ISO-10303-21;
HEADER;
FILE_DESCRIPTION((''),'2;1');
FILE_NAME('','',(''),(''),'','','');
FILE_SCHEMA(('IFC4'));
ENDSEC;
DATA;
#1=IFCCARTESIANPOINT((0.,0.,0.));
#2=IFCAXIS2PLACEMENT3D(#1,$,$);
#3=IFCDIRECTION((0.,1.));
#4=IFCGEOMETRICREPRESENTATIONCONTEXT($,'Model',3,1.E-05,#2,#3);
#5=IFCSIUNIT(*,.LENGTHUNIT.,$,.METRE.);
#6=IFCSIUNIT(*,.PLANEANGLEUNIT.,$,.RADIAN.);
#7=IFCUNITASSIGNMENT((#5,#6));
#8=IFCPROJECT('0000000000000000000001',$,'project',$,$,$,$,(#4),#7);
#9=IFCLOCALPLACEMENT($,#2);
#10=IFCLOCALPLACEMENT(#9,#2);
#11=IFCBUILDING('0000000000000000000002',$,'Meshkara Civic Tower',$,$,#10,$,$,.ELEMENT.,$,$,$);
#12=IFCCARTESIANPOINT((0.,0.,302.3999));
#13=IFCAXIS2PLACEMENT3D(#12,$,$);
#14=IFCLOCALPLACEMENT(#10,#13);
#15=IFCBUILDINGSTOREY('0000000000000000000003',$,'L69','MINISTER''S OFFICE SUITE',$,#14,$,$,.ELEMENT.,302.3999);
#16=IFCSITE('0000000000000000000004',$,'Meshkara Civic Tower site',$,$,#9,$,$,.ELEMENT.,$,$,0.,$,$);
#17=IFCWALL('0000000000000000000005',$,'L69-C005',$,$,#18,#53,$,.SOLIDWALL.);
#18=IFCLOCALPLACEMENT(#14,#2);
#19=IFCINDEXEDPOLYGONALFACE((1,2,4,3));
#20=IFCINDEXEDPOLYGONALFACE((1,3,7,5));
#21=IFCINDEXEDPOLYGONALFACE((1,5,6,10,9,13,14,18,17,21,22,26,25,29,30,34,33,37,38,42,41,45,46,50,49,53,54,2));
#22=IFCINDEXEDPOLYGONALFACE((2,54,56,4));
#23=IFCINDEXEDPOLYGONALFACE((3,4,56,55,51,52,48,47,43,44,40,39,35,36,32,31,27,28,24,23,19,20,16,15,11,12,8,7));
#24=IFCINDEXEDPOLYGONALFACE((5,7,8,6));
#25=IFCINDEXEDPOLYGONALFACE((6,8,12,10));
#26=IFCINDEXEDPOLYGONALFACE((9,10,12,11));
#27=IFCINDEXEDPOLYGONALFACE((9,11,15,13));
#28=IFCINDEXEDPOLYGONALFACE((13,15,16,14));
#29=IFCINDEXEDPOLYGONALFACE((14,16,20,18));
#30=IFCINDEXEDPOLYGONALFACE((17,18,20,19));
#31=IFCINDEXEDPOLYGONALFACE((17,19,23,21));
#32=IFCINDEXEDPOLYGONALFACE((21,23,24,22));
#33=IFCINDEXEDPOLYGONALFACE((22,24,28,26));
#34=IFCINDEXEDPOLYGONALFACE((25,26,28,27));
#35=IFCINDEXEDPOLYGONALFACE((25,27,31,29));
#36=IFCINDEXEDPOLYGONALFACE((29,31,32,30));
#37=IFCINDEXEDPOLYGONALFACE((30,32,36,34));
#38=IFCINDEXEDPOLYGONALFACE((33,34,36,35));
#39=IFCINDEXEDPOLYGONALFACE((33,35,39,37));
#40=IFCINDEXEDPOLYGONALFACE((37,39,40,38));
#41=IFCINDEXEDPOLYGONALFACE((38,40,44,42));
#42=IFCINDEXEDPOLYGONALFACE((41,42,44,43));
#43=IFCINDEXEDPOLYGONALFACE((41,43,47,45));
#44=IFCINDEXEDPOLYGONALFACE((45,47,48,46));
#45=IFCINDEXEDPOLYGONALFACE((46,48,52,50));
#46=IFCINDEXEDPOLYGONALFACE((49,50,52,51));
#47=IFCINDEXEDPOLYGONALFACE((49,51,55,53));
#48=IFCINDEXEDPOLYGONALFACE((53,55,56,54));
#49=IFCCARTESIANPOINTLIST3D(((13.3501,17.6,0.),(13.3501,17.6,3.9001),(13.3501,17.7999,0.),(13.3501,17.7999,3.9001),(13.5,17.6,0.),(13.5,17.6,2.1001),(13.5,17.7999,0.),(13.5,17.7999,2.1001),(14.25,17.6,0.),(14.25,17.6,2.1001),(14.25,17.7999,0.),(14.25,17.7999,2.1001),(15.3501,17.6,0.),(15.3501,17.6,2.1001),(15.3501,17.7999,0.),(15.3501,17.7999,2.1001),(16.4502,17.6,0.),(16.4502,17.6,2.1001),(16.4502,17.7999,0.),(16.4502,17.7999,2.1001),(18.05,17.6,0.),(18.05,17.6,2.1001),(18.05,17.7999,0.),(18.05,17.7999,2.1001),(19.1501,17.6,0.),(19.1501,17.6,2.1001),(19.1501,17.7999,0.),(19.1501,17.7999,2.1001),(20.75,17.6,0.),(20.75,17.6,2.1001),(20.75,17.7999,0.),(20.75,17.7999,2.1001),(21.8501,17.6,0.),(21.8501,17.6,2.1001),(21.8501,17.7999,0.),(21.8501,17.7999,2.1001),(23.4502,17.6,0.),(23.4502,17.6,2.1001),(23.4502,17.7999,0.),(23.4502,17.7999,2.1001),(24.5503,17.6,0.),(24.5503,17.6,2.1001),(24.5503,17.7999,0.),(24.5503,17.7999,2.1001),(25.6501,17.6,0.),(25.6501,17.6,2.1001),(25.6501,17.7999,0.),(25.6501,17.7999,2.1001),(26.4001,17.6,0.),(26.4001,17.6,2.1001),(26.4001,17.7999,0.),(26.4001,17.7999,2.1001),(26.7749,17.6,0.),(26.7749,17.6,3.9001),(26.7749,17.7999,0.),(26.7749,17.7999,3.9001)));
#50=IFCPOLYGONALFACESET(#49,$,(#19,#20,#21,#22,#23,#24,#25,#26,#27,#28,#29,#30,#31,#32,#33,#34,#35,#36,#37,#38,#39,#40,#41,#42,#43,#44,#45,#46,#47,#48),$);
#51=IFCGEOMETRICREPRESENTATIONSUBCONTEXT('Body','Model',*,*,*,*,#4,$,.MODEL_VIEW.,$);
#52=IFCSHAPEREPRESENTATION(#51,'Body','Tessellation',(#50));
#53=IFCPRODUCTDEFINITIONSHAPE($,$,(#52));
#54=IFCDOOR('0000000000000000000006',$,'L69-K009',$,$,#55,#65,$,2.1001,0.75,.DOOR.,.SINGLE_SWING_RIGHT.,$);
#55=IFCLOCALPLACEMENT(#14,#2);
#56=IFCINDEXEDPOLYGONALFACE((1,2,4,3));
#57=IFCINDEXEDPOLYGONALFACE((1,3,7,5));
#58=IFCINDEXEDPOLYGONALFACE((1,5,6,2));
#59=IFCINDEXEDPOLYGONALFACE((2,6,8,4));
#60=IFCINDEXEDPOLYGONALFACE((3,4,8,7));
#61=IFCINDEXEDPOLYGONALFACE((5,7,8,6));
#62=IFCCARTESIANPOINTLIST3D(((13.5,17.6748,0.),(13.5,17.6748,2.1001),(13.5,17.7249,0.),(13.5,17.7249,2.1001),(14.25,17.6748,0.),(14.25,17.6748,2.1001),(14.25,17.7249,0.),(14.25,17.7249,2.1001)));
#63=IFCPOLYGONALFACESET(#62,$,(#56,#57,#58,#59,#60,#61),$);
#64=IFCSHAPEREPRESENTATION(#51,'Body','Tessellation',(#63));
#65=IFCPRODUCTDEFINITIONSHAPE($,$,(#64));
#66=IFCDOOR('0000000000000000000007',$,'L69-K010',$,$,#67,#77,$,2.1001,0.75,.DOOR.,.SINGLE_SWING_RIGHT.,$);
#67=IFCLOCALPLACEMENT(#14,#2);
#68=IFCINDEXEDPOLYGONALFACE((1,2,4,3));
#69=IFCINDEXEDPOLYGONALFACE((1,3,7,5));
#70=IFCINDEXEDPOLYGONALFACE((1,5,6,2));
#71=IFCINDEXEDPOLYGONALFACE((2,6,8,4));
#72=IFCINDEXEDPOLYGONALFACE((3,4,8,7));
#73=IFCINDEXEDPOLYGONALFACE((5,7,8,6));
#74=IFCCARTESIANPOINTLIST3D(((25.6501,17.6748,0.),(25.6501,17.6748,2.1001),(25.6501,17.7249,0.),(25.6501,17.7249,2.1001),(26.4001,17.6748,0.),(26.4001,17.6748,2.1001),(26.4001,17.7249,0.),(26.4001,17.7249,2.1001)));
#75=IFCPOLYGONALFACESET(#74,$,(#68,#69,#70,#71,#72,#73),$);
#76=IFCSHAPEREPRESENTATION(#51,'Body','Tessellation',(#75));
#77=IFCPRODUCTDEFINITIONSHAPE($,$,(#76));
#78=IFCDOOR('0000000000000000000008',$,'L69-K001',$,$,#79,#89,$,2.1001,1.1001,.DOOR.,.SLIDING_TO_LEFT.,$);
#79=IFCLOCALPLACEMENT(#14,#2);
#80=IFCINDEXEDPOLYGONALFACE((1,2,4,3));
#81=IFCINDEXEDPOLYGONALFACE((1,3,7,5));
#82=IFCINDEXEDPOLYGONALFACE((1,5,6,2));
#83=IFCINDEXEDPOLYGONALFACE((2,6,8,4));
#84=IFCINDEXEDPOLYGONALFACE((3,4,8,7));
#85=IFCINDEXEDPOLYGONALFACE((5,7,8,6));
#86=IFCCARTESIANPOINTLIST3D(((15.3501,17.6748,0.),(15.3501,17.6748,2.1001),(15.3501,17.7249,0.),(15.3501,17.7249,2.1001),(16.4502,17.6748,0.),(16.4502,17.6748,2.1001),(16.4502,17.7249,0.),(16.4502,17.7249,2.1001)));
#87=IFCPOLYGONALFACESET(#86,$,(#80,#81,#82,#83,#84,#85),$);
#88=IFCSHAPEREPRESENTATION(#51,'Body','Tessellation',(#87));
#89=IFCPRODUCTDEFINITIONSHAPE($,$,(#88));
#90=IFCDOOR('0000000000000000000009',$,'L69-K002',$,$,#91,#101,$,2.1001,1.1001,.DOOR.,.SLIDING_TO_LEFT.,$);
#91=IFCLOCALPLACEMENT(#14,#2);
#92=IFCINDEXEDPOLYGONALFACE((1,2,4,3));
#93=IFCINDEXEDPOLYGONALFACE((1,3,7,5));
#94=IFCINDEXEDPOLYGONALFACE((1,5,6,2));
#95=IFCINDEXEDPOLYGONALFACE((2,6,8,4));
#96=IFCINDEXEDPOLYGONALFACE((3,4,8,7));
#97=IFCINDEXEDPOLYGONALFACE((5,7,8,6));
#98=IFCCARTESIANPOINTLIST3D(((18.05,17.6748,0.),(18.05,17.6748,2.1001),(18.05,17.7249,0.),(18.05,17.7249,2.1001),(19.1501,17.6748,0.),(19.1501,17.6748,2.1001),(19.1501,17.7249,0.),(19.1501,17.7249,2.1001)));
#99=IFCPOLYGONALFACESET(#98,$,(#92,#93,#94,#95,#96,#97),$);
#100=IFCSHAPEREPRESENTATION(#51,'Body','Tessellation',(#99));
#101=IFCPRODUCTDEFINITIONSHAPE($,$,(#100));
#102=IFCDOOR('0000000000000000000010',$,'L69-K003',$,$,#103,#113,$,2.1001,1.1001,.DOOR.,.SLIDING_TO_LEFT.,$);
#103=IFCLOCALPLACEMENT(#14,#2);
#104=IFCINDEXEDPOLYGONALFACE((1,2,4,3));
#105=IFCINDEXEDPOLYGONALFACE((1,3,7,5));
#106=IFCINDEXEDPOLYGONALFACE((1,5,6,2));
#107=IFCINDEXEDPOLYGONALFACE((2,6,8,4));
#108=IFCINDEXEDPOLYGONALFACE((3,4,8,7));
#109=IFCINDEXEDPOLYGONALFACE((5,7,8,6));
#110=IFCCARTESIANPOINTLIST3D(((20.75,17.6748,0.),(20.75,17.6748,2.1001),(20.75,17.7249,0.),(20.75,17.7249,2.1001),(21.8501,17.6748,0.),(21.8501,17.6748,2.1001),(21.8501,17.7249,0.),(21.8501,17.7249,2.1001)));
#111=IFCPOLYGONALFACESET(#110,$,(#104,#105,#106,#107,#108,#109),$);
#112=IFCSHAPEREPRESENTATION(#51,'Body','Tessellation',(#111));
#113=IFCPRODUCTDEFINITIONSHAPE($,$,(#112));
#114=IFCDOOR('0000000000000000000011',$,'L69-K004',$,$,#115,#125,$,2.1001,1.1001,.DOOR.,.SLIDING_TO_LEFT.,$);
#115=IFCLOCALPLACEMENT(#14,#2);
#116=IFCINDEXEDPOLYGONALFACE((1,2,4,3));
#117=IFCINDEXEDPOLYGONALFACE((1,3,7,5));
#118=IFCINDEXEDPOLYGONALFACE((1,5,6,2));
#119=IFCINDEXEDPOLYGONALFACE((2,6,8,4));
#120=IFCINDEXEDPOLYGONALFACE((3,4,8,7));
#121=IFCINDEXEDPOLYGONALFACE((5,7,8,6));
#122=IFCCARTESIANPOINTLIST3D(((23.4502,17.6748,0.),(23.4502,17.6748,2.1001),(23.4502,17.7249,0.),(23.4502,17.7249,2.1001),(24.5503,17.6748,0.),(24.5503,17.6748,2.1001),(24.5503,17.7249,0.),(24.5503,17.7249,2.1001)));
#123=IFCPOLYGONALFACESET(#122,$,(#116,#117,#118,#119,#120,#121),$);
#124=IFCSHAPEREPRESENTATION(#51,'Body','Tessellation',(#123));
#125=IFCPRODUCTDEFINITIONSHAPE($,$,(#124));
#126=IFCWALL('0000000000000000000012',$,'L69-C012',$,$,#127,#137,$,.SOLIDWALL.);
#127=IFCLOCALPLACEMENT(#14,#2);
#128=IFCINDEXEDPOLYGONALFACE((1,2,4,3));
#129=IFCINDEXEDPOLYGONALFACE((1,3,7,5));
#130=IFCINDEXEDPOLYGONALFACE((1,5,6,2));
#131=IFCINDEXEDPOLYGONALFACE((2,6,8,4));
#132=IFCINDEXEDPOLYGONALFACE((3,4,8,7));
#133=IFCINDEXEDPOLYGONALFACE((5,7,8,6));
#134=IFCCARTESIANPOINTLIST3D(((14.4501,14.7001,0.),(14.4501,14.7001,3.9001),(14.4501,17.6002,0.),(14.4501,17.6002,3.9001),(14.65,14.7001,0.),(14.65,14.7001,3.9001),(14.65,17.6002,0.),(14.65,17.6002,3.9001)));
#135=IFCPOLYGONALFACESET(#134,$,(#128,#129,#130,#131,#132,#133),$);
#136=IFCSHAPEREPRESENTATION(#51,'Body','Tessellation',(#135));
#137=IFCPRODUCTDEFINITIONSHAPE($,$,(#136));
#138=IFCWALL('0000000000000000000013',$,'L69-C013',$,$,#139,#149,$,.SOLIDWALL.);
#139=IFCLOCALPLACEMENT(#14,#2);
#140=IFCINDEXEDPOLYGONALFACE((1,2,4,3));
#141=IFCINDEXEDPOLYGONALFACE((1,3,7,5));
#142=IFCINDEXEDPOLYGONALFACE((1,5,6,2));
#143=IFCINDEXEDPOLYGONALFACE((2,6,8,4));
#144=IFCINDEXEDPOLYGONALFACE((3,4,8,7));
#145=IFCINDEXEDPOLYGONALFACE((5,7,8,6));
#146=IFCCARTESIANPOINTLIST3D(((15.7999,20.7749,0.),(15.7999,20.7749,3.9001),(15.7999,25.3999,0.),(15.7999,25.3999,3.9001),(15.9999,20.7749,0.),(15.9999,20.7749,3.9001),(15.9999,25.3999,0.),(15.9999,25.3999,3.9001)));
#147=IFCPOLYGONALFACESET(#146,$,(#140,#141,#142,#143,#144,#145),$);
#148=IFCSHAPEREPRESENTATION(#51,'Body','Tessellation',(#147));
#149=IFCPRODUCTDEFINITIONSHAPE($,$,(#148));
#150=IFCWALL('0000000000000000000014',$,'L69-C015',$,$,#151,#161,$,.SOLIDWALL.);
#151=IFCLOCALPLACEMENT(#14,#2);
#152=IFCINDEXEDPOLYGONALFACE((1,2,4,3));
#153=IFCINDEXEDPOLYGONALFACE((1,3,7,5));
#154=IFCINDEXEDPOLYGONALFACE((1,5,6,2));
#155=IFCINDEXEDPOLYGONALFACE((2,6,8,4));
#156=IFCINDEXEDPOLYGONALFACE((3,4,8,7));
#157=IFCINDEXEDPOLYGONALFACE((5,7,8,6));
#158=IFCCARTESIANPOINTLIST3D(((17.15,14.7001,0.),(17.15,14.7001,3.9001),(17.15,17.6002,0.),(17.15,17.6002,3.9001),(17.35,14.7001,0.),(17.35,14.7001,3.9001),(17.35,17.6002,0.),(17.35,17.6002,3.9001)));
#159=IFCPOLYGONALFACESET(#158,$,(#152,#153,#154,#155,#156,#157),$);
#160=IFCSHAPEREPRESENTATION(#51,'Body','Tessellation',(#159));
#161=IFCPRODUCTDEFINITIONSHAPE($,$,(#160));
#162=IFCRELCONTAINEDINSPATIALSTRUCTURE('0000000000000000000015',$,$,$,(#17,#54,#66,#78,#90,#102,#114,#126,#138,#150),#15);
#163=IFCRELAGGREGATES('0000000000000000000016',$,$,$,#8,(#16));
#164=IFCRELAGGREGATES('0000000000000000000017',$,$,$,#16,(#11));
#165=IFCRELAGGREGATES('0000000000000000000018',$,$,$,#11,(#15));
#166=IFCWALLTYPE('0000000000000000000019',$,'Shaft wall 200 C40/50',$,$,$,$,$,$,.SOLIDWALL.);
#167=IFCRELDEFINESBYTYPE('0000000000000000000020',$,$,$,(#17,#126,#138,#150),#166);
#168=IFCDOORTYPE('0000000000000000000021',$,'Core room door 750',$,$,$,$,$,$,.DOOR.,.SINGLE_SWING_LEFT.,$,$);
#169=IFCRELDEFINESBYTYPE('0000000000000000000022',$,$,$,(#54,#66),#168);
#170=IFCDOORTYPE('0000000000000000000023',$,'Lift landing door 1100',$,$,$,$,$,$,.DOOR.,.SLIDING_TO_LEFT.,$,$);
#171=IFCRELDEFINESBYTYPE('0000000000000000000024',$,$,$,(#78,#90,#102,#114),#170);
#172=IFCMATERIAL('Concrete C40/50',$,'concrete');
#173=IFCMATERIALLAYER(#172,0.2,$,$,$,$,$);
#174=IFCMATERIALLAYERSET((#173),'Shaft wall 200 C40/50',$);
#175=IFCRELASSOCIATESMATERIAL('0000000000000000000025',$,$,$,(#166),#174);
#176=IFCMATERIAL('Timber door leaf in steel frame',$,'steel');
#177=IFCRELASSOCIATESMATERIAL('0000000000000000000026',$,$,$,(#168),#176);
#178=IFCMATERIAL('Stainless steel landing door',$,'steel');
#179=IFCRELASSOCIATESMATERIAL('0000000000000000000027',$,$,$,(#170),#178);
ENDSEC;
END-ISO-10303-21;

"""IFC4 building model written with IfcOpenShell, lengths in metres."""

from ifc_helpers import new_model, si_unit, direction, frame, frame_2d, origin, place, context, subcontext, project, spatial, rectangle, extrude, material, layer, layer_set, type_object, element, fill, save


model = new_model("IFC4")

# Units and contexts
model_context = context("Model", 3, precision=1e-05, world=origin(), true_north=direction((0.0, 1.0)))
body_context = subcontext(model_context, "Body", "Model", "MODEL_VIEW")
ifc_project = project(units=[si_unit("LENGTHUNIT", "METRE"), si_unit("PLANEANGLEUNIT", "RADIAN")], contexts=[model_context])

# Site, building, storey
site_placement = place(None, origin())
site = spatial("IfcSite", under=ifc_project, at=site_placement, Name="Meshkara Civic Tower site", CompositionType="ELEMENT", RefElevation=0.0)
building_placement = place(site_placement, origin())
building = spatial("IfcBuilding", under=site, at=building_placement, Name="Meshkara Civic Tower", CompositionType="ELEMENT")
storey_placement = place(building_placement, frame((0.0, 0.0, 302.3999)))
storey = spatial("IfcBuildingStorey", under=building, at=storey_placement, Name="L69", Description="MINISTER'S OFFICE SUITE", CompositionType="ELEMENT", Elevation=302.3999)

# Wall, openings, doors
ifc_material_1 = material(Name="Concrete C40/50", Category="concrete")
ifc_layer_1 = layer(ifc_material_1, 0.2)
ifc_layer_set_1 = layer_set([ifc_layer_1], Name="Shaft wall 200 C40/50")
wall_type_1 = type_object("IfcWallType", Name="Shaft wall 200 C40/50", PredefinedType="SOLIDWALL", material=ifc_layer_set_1)
wall_1_placement = place(storey_placement, frame((13.3501, 17.7, 0.0), z_axis=(0.0, 0.0, 1.0), x_axis=(1.0, 0.0, 0.0)))
wall_1 = element("IfcWall", 1, at=wall_1_placement, inside=storey, type_object=wall_type_1, Name="L69-C005", PredefinedType="SOLIDWALL", context=body_context, shape_type="SweptSolid", body=[
    extrude(rectangle(XDim=13.4248, YDim=0.2, at=frame_2d((6.7124, 0.0))), origin(), (0.0, 0.0, 1.0), 3.9001),
])
opening_1_placement = place(wall_1_placement, frame((2.0, 0.0, 0.0)))
opening_1 = element("IfcOpeningElement", 2, at=opening_1_placement, cuts=wall_1, PredefinedType="OPENING", context=body_context, shape_type="SweptSolid", body=[
    extrude(rectangle(XDim=1.1001, YDim=2.1001, at=frame_2d((0.55, 1.05))), frame((0.0, 0.1099, 0.0), z_axis=(0.0, -1.0, 0.0), x_axis=(1.0, 0.0, 0.0)), (0.0, 0.0, 1.0), 0.22),
])
opening_2_placement = place(wall_1_placement, frame((4.7, 0.0, 0.0)))
opening_2 = element("IfcOpeningElement", 3, at=opening_2_placement, cuts=wall_1, PredefinedType="OPENING", context=body_context, shape_type="SweptSolid", body=[
    extrude(rectangle(XDim=1.1001, YDim=2.1001, at=frame_2d((0.55, 1.05))), frame((0.0, 0.1099, 0.0), z_axis=(0.0, -1.0, 0.0), x_axis=(1.0, 0.0, 0.0)), (0.0, 0.0, 1.0), 0.22),
])
opening_3_placement = place(wall_1_placement, frame((7.3999, 0.0, 0.0)))
opening_3 = element("IfcOpeningElement", 4, at=opening_3_placement, cuts=wall_1, PredefinedType="OPENING", context=body_context, shape_type="SweptSolid", body=[
    extrude(rectangle(XDim=1.1001, YDim=2.1001, at=frame_2d((0.55, 1.05))), frame((0.0, 0.1099, 0.0), z_axis=(0.0, -1.0, 0.0), x_axis=(1.0, 0.0, 0.0)), (0.0, 0.0, 1.0), 0.22),
])
opening_4_placement = place(wall_1_placement, frame((10.1001, 0.0, 0.0)))
opening_4 = element("IfcOpeningElement", 5, at=opening_4_placement, cuts=wall_1, PredefinedType="OPENING", context=body_context, shape_type="SweptSolid", body=[
    extrude(rectangle(XDim=1.1001, YDim=2.1001, at=frame_2d((0.55, 1.05))), frame((0.0, 0.1099, 0.0), z_axis=(0.0, -1.0, 0.0), x_axis=(1.0, 0.0, 0.0)), (0.0, 0.0, 1.0), 0.22),
])
opening_5_placement = place(wall_1_placement, frame((0.1499, 0.0, 0.0)))
opening_5 = element("IfcOpeningElement", 6, at=opening_5_placement, cuts=wall_1, PredefinedType="OPENING", context=body_context, shape_type="SweptSolid", body=[
    extrude(rectangle(XDim=0.75, YDim=2.1001, at=frame_2d((0.375, 1.05))), frame((0.0, 0.1099, 0.0), z_axis=(0.0, -1.0, 0.0), x_axis=(1.0, 0.0, 0.0)), (0.0, 0.0, 1.0), 0.22),
])
opening_6_placement = place(wall_1_placement, frame((12.3, 0.0, 0.0)))
opening_6 = element("IfcOpeningElement", 7, at=opening_6_placement, cuts=wall_1, PredefinedType="OPENING", context=body_context, shape_type="SweptSolid", body=[
    extrude(rectangle(XDim=0.75, YDim=2.1001, at=frame_2d((0.375, 1.05))), frame((0.0, 0.1099, 0.0), z_axis=(0.0, -1.0, 0.0), x_axis=(1.0, 0.0, 0.0)), (0.0, 0.0, 1.0), 0.22),
])
ifc_material_2 = material(Name="Timber door leaf in steel frame", Category="steel")
door_type_1 = type_object("IfcDoorType", Name="Core room door 750", OperationType="SINGLE_SWING_LEFT", PredefinedType="DOOR", material=ifc_material_2)
door_1_placement = place(opening_5_placement, origin())
door_1 = element("IfcDoor", 8, at=door_1_placement, inside=storey, type_object=door_type_1, Name="L69-K009", OperationType="SINGLE_SWING_RIGHT", OverallHeight=2.1001, OverallWidth=0.75, PredefinedType="DOOR", context=body_context, shape_type="SweptSolid", body=[
    extrude(rectangle(XDim=0.75, YDim=2.1001, at=frame_2d((0.375, 1.05))), frame((0.0, 0.0249, 0.0), z_axis=(0.0, -1.0, 0.0), x_axis=(1.0, 0.0, 0.0)), (0.0, 0.0, 1.0), 0.05),
])
fill(opening_5, door_1)
door_2_placement = place(opening_6_placement, origin())
door_2 = element("IfcDoor", 9, at=door_2_placement, inside=storey, type_object=door_type_1, Name="L69-K010", OperationType="SINGLE_SWING_RIGHT", OverallHeight=2.1001, OverallWidth=0.75, PredefinedType="DOOR", context=body_context, shape_type="SweptSolid", body=[
    extrude(rectangle(XDim=0.75, YDim=2.1001, at=frame_2d((0.375, 1.05))), frame((0.0, 0.0249, 0.0), z_axis=(0.0, -1.0, 0.0), x_axis=(1.0, 0.0, 0.0)), (0.0, 0.0, 1.0), 0.05),
])
fill(opening_6, door_2)
ifc_material_3 = material(Name="Stainless steel landing door", Category="steel")
door_type_2 = type_object("IfcDoorType", Name="Lift landing door 1100", OperationType="SLIDING_TO_LEFT", PredefinedType="DOOR", material=ifc_material_3)
door_3_placement = place(opening_1_placement, origin())
door_3 = element("IfcDoor", 10, at=door_3_placement, inside=storey, type_object=door_type_2, Name="L69-K001", OperationType="SLIDING_TO_LEFT", OverallHeight=2.1001, OverallWidth=1.1001, PredefinedType="DOOR", context=body_context, shape_type="SweptSolid", body=[
    extrude(rectangle(XDim=1.1001, YDim=2.1001, at=frame_2d((0.55, 1.05))), frame((0.0, 0.0249, 0.0), z_axis=(0.0, -1.0, 0.0), x_axis=(1.0, 0.0, 0.0)), (0.0, 0.0, 1.0), 0.05),
])
fill(opening_1, door_3)
door_4_placement = place(opening_2_placement, origin())
door_4 = element("IfcDoor", 11, at=door_4_placement, inside=storey, type_object=door_type_2, Name="L69-K002", OperationType="SLIDING_TO_LEFT", OverallHeight=2.1001, OverallWidth=1.1001, PredefinedType="DOOR", context=body_context, shape_type="SweptSolid", body=[
    extrude(rectangle(XDim=1.1001, YDim=2.1001, at=frame_2d((0.55, 1.05))), frame((0.0, 0.0249, 0.0), z_axis=(0.0, -1.0, 0.0), x_axis=(1.0, 0.0, 0.0)), (0.0, 0.0, 1.0), 0.05),
])
fill(opening_2, door_4)
door_5_placement = place(opening_3_placement, origin())
door_5 = element("IfcDoor", 12, at=door_5_placement, inside=storey, type_object=door_type_2, Name="L69-K003", OperationType="SLIDING_TO_LEFT", OverallHeight=2.1001, OverallWidth=1.1001, PredefinedType="DOOR", context=body_context, shape_type="SweptSolid", body=[
    extrude(rectangle(XDim=1.1001, YDim=2.1001, at=frame_2d((0.55, 1.05))), frame((0.0, 0.0249, 0.0), z_axis=(0.0, -1.0, 0.0), x_axis=(1.0, 0.0, 0.0)), (0.0, 0.0, 1.0), 0.05),
])
fill(opening_3, door_5)
door_6_placement = place(opening_4_placement, origin())
door_6 = element("IfcDoor", 13, at=door_6_placement, inside=storey, type_object=door_type_2, Name="L69-K004", OperationType="SLIDING_TO_LEFT", OverallHeight=2.1001, OverallWidth=1.1001, PredefinedType="DOOR", context=body_context, shape_type="SweptSolid", body=[
    extrude(rectangle(XDim=1.1001, YDim=2.1001, at=frame_2d((0.55, 1.05))), frame((0.0, 0.0249, 0.0), z_axis=(0.0, -1.0, 0.0), x_axis=(1.0, 0.0, 0.0)), (0.0, 0.0, 1.0), 0.05),
])
fill(opening_4, door_6)

# Walls
wall_2_placement = place(storey_placement, frame((14.55, 14.7, 0.0), z_axis=(0.0, 0.0, 1.0), x_axis=(0.0, 1.0, 0.0)))
element("IfcWall", 14, at=wall_2_placement, inside=storey, type_object=wall_type_1, Name="L69-C012", PredefinedType="SOLIDWALL", context=body_context, shape_type="SweptSolid", body=[
    extrude(rectangle(XDim=2.9001, YDim=0.2, at=frame_2d((1.4502, 0.0))), origin(), (0.0, 0.0, 1.0), 3.9001),
])
wall_3_placement = place(storey_placement, frame((15.8999, 20.7749, 0.0), z_axis=(0.0, 0.0, 1.0), x_axis=(0.0, 1.0, 0.0)))
element("IfcWall", 15, at=wall_3_placement, inside=storey, type_object=wall_type_1, Name="L69-C013", PredefinedType="SOLIDWALL", context=body_context, shape_type="SweptSolid", body=[
    extrude(rectangle(XDim=4.625, YDim=0.2, at=frame_2d((2.3125, 0.0))), origin(), (0.0, 0.0, 1.0), 3.9001),
])
wall_4_placement = place(storey_placement, frame((17.25, 14.7, 0.0), z_axis=(0.0, 0.0, 1.0), x_axis=(0.0, 1.0, 0.0)))
element("IfcWall", 16, at=wall_4_placement, inside=storey, type_object=wall_type_1, Name="L69-C015", PredefinedType="SOLIDWALL", context=body_context, shape_type="SweptSolid", body=[
    extrude(rectangle(XDim=2.9001, YDim=0.2, at=frame_2d((1.4502, 0.0))), origin(), (0.0, 0.0, 1.0), 3.9001),
])

save(model, "model.ifc")
